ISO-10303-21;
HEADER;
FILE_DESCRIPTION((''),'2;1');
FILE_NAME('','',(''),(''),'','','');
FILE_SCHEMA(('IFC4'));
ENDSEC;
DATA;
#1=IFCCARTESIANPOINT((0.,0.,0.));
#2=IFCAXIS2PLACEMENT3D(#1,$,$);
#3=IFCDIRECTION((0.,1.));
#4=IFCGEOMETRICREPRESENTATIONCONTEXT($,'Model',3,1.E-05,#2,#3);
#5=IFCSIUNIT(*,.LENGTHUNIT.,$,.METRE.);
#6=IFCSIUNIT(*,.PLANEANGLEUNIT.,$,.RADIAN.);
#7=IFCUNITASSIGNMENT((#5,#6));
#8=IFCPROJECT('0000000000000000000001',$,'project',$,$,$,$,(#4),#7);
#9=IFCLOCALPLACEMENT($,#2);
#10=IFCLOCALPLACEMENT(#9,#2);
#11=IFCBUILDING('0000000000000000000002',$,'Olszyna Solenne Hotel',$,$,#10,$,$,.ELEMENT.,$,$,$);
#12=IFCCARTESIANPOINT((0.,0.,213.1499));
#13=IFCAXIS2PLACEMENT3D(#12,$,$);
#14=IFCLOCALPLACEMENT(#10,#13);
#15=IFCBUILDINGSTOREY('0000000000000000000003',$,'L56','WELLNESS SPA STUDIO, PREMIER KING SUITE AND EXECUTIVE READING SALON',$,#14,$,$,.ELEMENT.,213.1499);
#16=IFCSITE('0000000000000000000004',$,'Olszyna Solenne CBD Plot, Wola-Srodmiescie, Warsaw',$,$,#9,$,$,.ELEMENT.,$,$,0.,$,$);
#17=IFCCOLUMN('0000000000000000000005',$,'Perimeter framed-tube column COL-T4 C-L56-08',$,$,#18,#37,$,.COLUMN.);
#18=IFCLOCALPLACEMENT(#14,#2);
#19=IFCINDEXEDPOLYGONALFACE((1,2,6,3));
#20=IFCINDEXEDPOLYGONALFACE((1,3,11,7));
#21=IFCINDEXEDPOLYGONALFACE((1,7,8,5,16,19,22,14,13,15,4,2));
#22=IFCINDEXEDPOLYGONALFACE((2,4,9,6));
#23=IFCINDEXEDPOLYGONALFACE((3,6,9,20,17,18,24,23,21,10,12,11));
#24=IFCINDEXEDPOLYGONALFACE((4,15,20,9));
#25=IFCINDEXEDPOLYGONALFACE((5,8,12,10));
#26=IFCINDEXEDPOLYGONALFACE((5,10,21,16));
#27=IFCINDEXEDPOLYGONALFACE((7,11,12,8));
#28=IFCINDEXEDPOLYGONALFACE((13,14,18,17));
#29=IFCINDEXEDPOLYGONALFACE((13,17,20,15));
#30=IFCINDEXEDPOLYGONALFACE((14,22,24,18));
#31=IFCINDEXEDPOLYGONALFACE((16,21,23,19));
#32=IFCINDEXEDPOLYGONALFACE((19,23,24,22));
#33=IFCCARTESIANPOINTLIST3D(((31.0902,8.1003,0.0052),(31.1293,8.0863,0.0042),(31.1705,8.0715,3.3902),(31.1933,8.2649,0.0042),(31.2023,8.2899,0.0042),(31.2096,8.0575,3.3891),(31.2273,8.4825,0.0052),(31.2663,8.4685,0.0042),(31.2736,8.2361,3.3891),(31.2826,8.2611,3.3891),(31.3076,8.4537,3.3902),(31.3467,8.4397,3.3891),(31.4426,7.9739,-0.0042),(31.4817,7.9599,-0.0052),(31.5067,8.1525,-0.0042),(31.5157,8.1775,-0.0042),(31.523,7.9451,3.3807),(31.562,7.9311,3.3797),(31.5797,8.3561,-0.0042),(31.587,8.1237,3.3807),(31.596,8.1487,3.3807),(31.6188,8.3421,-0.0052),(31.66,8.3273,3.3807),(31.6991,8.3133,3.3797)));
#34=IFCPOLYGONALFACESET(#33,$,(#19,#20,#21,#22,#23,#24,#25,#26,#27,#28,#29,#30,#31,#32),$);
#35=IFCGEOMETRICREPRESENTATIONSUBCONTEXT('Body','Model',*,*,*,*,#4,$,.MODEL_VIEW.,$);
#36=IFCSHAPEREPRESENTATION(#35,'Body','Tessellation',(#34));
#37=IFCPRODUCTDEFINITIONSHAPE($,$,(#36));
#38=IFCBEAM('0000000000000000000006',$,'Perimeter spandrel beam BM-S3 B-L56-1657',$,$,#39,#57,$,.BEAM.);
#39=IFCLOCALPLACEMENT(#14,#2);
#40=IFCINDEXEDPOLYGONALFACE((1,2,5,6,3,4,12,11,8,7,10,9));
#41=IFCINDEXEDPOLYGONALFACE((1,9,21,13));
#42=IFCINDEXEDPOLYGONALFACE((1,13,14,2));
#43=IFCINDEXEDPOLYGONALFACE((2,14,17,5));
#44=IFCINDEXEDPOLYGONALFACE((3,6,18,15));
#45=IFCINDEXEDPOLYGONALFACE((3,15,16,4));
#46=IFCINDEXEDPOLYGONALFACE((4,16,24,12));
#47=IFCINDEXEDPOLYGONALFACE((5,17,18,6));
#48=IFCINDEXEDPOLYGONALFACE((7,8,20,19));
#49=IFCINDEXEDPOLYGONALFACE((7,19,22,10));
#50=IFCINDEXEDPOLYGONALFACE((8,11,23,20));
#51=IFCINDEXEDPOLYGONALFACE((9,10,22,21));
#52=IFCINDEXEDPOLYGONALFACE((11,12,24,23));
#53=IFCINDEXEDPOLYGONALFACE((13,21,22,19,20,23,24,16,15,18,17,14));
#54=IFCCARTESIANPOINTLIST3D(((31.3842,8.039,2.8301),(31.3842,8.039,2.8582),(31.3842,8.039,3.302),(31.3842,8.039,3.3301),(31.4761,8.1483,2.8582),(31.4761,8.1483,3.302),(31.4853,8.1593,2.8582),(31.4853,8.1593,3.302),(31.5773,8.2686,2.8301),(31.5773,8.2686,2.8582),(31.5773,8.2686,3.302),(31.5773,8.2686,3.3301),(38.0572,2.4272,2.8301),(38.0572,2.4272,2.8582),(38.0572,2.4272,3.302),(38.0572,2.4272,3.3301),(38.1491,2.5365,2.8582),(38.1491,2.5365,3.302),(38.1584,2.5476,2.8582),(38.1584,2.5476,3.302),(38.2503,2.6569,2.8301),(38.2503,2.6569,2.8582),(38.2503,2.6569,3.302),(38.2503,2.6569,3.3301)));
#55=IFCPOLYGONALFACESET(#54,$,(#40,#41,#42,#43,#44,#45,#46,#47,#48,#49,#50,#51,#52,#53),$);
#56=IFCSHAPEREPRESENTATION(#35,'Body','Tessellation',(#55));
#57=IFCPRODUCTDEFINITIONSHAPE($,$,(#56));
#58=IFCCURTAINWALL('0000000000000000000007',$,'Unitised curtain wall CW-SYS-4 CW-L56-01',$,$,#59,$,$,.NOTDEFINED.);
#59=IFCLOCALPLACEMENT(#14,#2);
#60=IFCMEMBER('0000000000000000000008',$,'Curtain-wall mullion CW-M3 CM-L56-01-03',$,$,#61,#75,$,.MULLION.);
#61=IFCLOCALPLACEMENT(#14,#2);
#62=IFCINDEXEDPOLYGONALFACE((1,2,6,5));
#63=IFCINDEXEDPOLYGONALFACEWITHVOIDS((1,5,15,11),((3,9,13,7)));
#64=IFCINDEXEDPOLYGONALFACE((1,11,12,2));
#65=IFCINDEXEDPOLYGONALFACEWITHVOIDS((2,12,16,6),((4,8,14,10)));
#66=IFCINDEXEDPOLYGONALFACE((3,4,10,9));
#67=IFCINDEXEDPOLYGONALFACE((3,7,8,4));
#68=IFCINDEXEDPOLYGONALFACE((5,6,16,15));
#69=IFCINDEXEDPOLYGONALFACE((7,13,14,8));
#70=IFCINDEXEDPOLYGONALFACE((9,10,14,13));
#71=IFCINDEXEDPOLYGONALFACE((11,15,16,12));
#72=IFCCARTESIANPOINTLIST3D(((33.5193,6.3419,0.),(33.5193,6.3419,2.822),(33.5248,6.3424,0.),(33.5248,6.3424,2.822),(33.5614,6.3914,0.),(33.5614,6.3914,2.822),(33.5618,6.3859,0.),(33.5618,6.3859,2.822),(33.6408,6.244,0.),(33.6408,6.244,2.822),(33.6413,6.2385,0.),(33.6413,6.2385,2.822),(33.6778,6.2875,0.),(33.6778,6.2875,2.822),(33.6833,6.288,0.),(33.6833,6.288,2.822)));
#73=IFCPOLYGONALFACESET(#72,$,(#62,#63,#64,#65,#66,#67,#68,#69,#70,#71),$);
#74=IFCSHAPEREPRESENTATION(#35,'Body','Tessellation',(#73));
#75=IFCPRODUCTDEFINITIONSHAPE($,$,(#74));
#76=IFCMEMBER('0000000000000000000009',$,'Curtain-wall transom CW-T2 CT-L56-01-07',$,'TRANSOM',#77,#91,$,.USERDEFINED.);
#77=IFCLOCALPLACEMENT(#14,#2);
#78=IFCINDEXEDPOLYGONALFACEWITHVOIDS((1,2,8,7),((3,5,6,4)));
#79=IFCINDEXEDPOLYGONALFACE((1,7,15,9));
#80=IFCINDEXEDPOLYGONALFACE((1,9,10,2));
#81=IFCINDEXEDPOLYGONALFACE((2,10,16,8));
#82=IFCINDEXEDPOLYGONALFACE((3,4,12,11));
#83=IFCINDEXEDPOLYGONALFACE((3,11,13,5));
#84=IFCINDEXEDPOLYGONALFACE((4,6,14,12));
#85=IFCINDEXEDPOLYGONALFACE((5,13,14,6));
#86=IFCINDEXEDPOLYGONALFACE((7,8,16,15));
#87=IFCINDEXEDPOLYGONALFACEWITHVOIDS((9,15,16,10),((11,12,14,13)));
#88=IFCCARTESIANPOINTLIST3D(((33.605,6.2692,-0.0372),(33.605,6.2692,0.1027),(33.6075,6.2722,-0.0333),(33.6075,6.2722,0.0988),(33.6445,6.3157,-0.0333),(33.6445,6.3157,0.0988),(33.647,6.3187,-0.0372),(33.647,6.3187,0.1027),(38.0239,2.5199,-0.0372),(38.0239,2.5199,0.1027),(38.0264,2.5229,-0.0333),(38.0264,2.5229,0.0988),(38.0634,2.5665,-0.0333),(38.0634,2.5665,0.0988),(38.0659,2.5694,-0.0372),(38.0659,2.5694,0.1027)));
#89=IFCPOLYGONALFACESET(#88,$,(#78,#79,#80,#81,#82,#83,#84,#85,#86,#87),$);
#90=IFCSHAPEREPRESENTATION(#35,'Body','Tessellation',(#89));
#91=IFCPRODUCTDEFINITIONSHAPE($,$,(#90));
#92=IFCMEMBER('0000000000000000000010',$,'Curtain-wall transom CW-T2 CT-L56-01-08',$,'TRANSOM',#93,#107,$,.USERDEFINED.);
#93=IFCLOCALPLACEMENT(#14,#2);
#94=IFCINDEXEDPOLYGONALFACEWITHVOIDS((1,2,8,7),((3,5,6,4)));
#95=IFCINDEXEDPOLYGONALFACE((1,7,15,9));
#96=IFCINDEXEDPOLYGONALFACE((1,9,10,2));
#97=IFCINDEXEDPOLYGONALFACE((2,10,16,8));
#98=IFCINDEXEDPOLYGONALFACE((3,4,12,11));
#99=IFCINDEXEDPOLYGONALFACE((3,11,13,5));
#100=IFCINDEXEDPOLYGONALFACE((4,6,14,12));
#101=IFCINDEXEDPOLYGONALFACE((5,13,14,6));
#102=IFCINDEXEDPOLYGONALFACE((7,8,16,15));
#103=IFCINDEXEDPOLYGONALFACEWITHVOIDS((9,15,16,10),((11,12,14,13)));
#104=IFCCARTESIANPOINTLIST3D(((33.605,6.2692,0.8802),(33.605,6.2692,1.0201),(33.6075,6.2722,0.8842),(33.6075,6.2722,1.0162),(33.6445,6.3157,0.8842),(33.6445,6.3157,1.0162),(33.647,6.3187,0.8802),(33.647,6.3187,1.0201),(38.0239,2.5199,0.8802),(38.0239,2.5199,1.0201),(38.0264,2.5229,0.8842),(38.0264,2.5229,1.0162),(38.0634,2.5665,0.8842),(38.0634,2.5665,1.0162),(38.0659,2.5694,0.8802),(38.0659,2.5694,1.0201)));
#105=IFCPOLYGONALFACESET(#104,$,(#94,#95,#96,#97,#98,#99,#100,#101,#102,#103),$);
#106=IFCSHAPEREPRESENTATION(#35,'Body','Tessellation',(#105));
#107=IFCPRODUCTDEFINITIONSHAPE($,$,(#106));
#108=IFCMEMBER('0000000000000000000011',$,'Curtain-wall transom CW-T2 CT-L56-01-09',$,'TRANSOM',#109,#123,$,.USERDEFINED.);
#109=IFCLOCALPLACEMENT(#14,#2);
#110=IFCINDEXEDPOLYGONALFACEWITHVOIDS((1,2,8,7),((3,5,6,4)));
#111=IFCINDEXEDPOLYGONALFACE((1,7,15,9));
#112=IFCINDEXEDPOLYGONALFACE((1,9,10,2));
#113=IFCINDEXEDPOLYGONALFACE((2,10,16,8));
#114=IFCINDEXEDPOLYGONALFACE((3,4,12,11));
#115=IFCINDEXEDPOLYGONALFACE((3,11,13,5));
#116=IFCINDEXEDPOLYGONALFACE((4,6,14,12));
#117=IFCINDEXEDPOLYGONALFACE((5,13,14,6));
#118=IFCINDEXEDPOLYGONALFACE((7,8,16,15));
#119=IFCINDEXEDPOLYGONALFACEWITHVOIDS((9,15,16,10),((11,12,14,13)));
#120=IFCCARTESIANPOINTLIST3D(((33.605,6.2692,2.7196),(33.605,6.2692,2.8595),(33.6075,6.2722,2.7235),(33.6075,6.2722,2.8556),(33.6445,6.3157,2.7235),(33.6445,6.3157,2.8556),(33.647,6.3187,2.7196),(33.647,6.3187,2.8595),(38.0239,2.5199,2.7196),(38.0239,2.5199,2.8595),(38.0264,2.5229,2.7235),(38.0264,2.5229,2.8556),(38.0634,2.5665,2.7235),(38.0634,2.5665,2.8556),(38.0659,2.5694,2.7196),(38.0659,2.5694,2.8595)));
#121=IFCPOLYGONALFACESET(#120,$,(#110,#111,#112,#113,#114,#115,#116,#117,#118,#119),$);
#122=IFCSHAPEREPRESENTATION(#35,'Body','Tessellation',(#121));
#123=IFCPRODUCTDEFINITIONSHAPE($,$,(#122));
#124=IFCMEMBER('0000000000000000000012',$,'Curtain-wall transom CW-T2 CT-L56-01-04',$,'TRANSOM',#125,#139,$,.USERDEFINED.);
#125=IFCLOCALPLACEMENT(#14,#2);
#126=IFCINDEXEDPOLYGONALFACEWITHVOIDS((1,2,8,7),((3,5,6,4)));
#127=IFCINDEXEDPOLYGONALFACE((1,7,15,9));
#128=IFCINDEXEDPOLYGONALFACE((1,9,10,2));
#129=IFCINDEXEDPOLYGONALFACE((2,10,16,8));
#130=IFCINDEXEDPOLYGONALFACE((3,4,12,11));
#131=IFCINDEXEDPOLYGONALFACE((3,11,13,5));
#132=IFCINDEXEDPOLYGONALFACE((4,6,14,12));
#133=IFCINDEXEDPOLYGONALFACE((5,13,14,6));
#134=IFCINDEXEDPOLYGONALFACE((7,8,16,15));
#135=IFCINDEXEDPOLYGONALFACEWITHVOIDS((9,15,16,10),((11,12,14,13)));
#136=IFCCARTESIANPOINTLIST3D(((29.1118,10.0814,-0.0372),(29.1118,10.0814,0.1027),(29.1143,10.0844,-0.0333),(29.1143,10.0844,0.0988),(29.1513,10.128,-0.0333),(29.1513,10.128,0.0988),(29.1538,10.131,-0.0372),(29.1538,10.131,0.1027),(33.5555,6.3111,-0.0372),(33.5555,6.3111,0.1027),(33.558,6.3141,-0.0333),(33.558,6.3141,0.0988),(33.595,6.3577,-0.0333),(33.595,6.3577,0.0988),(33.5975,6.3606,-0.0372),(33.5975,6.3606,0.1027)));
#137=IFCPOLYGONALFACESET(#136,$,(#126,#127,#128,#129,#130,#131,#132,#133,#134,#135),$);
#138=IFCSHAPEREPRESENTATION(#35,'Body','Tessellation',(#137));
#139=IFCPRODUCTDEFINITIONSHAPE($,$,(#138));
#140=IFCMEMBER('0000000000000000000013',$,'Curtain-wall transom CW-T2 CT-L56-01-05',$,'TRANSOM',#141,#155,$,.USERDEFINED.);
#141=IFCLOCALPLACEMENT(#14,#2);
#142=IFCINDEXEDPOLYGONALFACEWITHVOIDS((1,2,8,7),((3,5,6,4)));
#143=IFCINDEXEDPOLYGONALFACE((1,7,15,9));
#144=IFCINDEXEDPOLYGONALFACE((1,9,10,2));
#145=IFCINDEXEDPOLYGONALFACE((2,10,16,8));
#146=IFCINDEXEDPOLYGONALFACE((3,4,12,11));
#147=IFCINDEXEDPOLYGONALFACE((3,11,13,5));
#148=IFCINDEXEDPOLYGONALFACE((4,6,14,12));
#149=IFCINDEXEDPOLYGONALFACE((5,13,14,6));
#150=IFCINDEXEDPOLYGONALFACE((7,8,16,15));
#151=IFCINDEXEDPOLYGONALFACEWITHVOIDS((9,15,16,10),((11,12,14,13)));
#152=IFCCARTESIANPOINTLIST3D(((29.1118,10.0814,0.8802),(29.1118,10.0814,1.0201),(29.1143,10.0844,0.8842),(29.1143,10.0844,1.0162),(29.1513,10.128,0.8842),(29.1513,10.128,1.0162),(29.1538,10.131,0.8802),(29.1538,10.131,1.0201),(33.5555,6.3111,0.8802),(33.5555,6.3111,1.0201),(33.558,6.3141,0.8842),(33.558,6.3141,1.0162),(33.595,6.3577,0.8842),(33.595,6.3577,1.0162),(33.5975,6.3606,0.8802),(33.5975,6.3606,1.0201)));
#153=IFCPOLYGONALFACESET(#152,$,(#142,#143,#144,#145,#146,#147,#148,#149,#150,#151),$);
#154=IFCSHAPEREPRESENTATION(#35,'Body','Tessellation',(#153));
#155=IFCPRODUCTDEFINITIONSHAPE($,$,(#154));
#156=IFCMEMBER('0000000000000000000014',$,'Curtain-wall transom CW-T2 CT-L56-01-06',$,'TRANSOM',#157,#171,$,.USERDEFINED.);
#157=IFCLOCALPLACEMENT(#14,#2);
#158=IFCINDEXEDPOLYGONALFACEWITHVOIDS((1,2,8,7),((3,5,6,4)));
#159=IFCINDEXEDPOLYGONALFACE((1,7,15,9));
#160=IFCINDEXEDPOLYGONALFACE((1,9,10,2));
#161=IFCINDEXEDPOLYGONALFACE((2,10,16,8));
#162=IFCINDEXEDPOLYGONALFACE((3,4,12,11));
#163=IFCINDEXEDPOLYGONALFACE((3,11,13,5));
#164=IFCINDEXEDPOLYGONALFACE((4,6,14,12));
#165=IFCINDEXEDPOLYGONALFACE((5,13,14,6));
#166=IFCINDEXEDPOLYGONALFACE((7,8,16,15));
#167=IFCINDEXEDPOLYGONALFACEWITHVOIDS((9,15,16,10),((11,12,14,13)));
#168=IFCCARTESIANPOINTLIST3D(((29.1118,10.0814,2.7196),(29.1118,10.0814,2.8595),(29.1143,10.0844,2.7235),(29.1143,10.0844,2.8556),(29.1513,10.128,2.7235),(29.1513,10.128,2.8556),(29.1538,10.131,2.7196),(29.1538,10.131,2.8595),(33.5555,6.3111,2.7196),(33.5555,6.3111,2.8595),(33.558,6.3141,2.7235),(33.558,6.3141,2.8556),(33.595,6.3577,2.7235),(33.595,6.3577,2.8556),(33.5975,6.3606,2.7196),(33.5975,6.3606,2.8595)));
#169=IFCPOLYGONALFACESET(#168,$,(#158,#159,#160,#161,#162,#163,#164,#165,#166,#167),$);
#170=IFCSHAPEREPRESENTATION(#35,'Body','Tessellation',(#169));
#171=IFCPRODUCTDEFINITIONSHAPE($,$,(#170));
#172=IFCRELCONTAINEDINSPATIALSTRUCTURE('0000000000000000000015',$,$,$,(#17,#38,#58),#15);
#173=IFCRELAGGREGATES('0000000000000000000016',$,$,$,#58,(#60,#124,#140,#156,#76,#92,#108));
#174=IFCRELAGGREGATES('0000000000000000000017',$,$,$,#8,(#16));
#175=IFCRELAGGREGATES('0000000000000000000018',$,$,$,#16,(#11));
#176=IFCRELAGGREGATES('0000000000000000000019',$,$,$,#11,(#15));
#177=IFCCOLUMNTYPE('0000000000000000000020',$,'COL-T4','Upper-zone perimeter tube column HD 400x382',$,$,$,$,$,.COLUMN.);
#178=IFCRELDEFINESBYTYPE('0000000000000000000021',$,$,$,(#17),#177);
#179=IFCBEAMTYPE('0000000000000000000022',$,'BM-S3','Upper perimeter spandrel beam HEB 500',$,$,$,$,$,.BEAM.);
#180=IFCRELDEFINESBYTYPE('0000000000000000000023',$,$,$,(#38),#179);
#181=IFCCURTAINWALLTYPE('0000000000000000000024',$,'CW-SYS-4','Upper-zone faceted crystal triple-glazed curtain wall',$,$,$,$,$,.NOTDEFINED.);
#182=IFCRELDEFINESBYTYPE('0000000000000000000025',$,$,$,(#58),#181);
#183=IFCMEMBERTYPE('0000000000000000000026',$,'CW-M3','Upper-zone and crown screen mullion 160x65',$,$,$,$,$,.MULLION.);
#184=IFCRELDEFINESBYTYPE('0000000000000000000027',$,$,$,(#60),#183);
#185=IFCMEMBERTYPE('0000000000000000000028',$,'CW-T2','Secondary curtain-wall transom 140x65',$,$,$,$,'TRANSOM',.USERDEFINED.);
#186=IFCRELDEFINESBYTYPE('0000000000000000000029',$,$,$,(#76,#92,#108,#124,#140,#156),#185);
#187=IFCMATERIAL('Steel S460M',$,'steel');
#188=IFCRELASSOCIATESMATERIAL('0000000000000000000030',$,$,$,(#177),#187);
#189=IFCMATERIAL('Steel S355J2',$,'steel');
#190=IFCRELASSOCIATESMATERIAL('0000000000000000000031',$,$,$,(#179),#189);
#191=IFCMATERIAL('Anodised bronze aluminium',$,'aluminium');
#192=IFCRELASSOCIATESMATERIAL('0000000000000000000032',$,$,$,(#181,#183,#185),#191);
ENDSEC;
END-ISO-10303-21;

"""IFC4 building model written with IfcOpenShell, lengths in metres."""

from ifc_helpers import new_model, si_unit, direction, frame, origin, origin_2d, place, context, subcontext, project, spatial, hollow_rectangle, i_section, extrude, source, transform, mapped, material, material_profile, profile_set, type_object, element, aggregate, save


model = new_model("IFC4")

# Units and contexts
model_context = context("Model", 3, precision=1e-05, world=origin(), true_north=direction((0.0, 1.0)))
body_context = subcontext(model_context, "Body", "Model", "MODEL_VIEW")
ifc_project = project(units=[si_unit("LENGTHUNIT", "METRE"), si_unit("PLANEANGLEUNIT", "RADIAN")], contexts=[model_context])

# Site, building, storey
site_placement = place(None, origin())
site = spatial("IfcSite", under=ifc_project, at=site_placement, Name="Olszyna Solenne CBD Plot, Wola-Srodmiescie, Warsaw", CompositionType="ELEMENT", RefElevation=0.0)
building_placement = place(site_placement, origin())
building = spatial("IfcBuilding", under=site, at=building_placement, Name="Olszyna Solenne Hotel", CompositionType="ELEMENT")
storey_placement = place(building_placement, frame((0.0, 0.0, 213.1499)))
storey = spatial("IfcBuildingStorey", under=building, at=storey_placement, Name="L56", Description="WELLNESS SPA STUDIO, PREMIER KING SUITE AND EXECUTIVE READING SALON", CompositionType="ELEMENT", Elevation=213.1499)

# Column
ifc_material_1 = material(Name="Steel S460M", Category="steel")
ifc_material_profile_1 = material_profile(ifc_material_1, i_section(OverallWidth=0.406, OverallDepth=0.416, WebThickness=0.0266, FlangeThickness=0.0415, at=origin_2d()), Name="HD 400x382", Category="load-bearing")
ifc_profile_set_1 = profile_set([ifc_material_profile_1], Name="Steel S460M")
column_type = type_object("IfcColumnType", Name="COL-T4", Description="Upper-zone perimeter tube column HD 400x382", PredefinedType="COLUMN", material=ifc_profile_set_1)
shared_shape_1 = source(origin(), body_context, "Body", "SweptSolid", [
    extrude(i_section(OverallWidth=0.406, OverallDepth=0.416, WebThickness=0.0266, FlangeThickness=0.0415, at=origin_2d()), origin(), (0.0, 0.0, 1.0), 3.386),
])
column_placement = place(storey_placement, frame((31.3545, 8.2212, 0.0), z_axis=(0.023721, -0.008508, 0.999682), x_axis=(0.337605, 0.941288, 0.0)))
element("IfcColumn", 1, at=column_placement, inside=storey, type_object=column_type, Name="Perimeter framed-tube column COL-T4 C-L56-08", PredefinedType="COLUMN", context=body_context, shape_type="MappedRepresentation", body=[
    mapped(shared_shape_1, transform((0.0, 0.0, 0.0), x_axis=(1.0, 0.0, 0.0), y_axis=(0.0, 1.0, 0.0), z_axis=(0.0, 0.0, 1.0), scale=1.0)),
])

# Beam
ifc_material_2 = material(Name="Steel S355J2", Category="steel")
ifc_material_profile_2 = material_profile(ifc_material_2, i_section(OverallWidth=0.3, OverallDepth=0.5, WebThickness=0.0144, FlangeThickness=0.0281, at=origin_2d()), Name="HEB 500", Category="load-bearing")
ifc_profile_set_2 = profile_set([ifc_material_profile_2], Name="Steel S355J2")
beam_type_1 = type_object("IfcBeamType", Name="BM-S3", Description="Upper perimeter spandrel beam HEB 500", PredefinedType="BEAM", material=ifc_profile_set_2)
shared_shape_2 = source(origin(), body_context, "Body", "SweptSolid", [
    extrude(i_section(OverallWidth=0.3, OverallDepth=0.5, WebThickness=0.0144, FlangeThickness=0.0281, at=origin_2d()), origin(), (0.0, 0.0, 1.0), 8.719),
])
beam_1_placement = place(storey_placement, frame((31.4807, 8.1538, 3.0801), z_axis=(0.765342, -0.643623, 0.0), x_axis=(0.643623, 0.765342, 0.0)))
element("IfcBeam", 2, at=beam_1_placement, inside=storey, type_object=beam_type_1, Name="Perimeter spandrel beam BM-S3 B-L56-1657", PredefinedType="BEAM", context=body_context, shape_type="MappedRepresentation", body=[
    mapped(shared_shape_2, transform((0.0, 0.0, 0.0), x_axis=(1.0, 0.0, 0.0), y_axis=(0.0, 1.0, 0.0), z_axis=(0.0, 0.0, 1.0), scale=1.0)),
])

# Curtain wall, members
ifc_material_3 = material(Name="Anodised bronze aluminium", Category="aluminium")
curtain_wall_type = type_object("IfcCurtainWallType", Name="CW-SYS-4", Description="Upper-zone faceted crystal triple-glazed curtain wall", PredefinedType="NOTDEFINED", material=ifc_material_3)
curtain_wall_placement = place(storey_placement, origin())
curtain_wall = element("IfcCurtainWall", 3, at=curtain_wall_placement, inside=storey, type_object=curtain_wall_type, Name="Unitised curtain wall CW-SYS-4 CW-L56-01", PredefinedType="NOTDEFINED")
ifc_material_profile_3 = material_profile(ifc_material_3, hollow_rectangle(XDim=0.0649, YDim=0.1599, WallThickness=0.0039, at=origin_2d()), Name="MULL 160x65x4", Category="load-bearing")
ifc_profile_set_3 = profile_set([ifc_material_profile_3], Name="Anodised bronze aluminium")
member_type_1 = type_object("IfcMemberType", Name="CW-M3", Description="Upper-zone and crown screen mullion 160x65", PredefinedType="MULLION", material=ifc_profile_set_3)
shared_shape_3 = source(origin(), body_context, "Body", "SweptSolid", [
    extrude(hollow_rectangle(XDim=0.0649, YDim=0.1599, WallThickness=0.0039, at=origin_2d()), origin(), (0.0, 0.0, 1.0), 2.822),
])
member_1_placement = place(storey_placement, frame((33.6013, 6.3149, 0.0), z_axis=(0.0, 0.0, 1.0), x_axis=(0.646961, 0.762523, 0.0)))
member_1 = element("IfcMember", 4, at=member_1_placement, type_object=member_type_1, Name="Curtain-wall mullion CW-M3 CM-L56-01-03", PredefinedType="MULLION", context=body_context, shape_type="MappedRepresentation", body=[
    mapped(shared_shape_3, transform((0.0, 0.0, 0.0), x_axis=(1.0, 0.0, 0.0), y_axis=(0.0, 1.0, 0.0), z_axis=(0.0, 0.0, 1.0), scale=1.0)),
])
ifc_material_profile_4 = material_profile(ifc_material_3, hollow_rectangle(XDim=0.0649, YDim=0.1399, WallThickness=0.0039, at=origin_2d()), Name="TRAN 140x65x4", Category="load-bearing")
ifc_profile_set_4 = profile_set([ifc_material_profile_4], Name="Anodised bronze aluminium")
member_type_2 = type_object("IfcMemberType", Name="CW-T2", Description="Secondary curtain-wall transom 140x65", ElementType="TRANSOM", PredefinedType="USERDEFINED", material=ifc_profile_set_4)
shared_shape_4 = source(origin(), body_context, "Body", "SweptSolid", [
    extrude(hollow_rectangle(XDim=0.0649, YDim=0.1399, WallThickness=0.0039, at=origin_2d()), origin(), (0.0, 0.0, 1.0), 5.7952),
])
member_2_placement = place(storey_placement, frame((33.626, 6.2939, 0.0327), z_axis=(0.762521, -0.646963, 0.0), x_axis=(0.646963, 0.762521, 0.0)))
member_2 = element("IfcMember", 5, at=member_2_placement, type_object=member_type_2, Name="Curtain-wall transom CW-T2 CT-L56-01-07", ObjectType="TRANSOM", PredefinedType="USERDEFINED", context=body_context, shape_type="MappedRepresentation", body=[
    mapped(shared_shape_4, transform((0.0, 0.0, 0.0), x_axis=(1.0, 0.0, 0.0), y_axis=(0.0, 1.0, 0.0), z_axis=(0.0, 0.0, 1.0), scale=1.0)),
])
member_3_placement = place(storey_placement, frame((33.626, 6.2939, 0.9502), z_axis=(0.762521, -0.646963, 0.0), x_axis=(0.646963, 0.762521, 0.0)))
member_3 = element("IfcMember", 6, at=member_3_placement, type_object=member_type_2, Name="Curtain-wall transom CW-T2 CT-L56-01-08", ObjectType="TRANSOM", PredefinedType="USERDEFINED", context=body_context, shape_type="MappedRepresentation", body=[
    mapped(shared_shape_4, transform((0.0, 0.0, 0.0), x_axis=(1.0, 0.0, 0.0), y_axis=(0.0, 1.0, 0.0), z_axis=(0.0, 0.0, 1.0), scale=1.0)),
])
member_4_placement = place(storey_placement, frame((33.626, 6.2939, 2.7896), z_axis=(0.762521, -0.646963, 0.0), x_axis=(0.646963, 0.762521, 0.0)))
member_4 = element("IfcMember", 7, at=member_4_placement, type_object=member_type_2, Name="Curtain-wall transom CW-T2 CT-L56-01-09", ObjectType="TRANSOM", PredefinedType="USERDEFINED", context=body_context, shape_type="MappedRepresentation", body=[
    mapped(shared_shape_4, transform((0.0, 0.0, 0.0), x_axis=(1.0, 0.0, 0.0), y_axis=(0.0, 1.0, 0.0), z_axis=(0.0, 0.0, 1.0), scale=1.0)),
])
shared_shape_5 = source(origin(), body_context, "Body", "SweptSolid", [
    extrude(hollow_rectangle(XDim=0.0649, YDim=0.1399, WallThickness=0.0039, at=origin_2d()), origin(), (0.0, 0.0, 1.0), 5.8276),
])
member_5_placement = place(storey_placement, frame((29.1328, 10.1062, 0.0327), z_axis=(0.762515, -0.646971, 0.0), x_axis=(0.646971, 0.762515, 0.0)))
member_5 = element("IfcMember", 8, at=member_5_placement, type_object=member_type_2, Name="Curtain-wall transom CW-T2 CT-L56-01-04", ObjectType="TRANSOM", PredefinedType="USERDEFINED", context=body_context, shape_type="MappedRepresentation", body=[
    mapped(shared_shape_5, transform((0.0, 0.0, 0.0), x_axis=(1.0, 0.0, 0.0), y_axis=(0.0, 1.0, 0.0), z_axis=(0.0, 0.0, 1.0), scale=1.0)),
])
member_6_placement = place(storey_placement, frame((29.1328, 10.1062, 0.9502), z_axis=(0.762515, -0.646971, 0.0), x_axis=(0.646971, 0.762515, 0.0)))
member_6 = element("IfcMember", 9, at=member_6_placement, type_object=member_type_2, Name="Curtain-wall transom CW-T2 CT-L56-01-05", ObjectType="TRANSOM", PredefinedType="USERDEFINED", context=body_context, shape_type="MappedRepresentation", body=[
    mapped(shared_shape_5, transform((0.0, 0.0, 0.0), x_axis=(1.0, 0.0, 0.0), y_axis=(0.0, 1.0, 0.0), z_axis=(0.0, 0.0, 1.0), scale=1.0)),
])
member_7_placement = place(storey_placement, frame((29.1328, 10.1062, 2.7896), z_axis=(0.762515, -0.646971, 0.0), x_axis=(0.646971, 0.762515, 0.0)))
member_7 = element("IfcMember", 10, at=member_7_placement, type_object=member_type_2, Name="Curtain-wall transom CW-T2 CT-L56-01-06", ObjectType="TRANSOM", PredefinedType="USERDEFINED", context=body_context, shape_type="MappedRepresentation", body=[
    mapped(shared_shape_5, transform((0.0, 0.0, 0.0), x_axis=(1.0, 0.0, 0.0), y_axis=(0.0, 1.0, 0.0), z_axis=(0.0, 0.0, 1.0), scale=1.0)),
])

aggregate(curtain_wall, [member_1, member_5, member_6, member_7, member_2, member_3, member_4])

save(model, "model.ifc")
